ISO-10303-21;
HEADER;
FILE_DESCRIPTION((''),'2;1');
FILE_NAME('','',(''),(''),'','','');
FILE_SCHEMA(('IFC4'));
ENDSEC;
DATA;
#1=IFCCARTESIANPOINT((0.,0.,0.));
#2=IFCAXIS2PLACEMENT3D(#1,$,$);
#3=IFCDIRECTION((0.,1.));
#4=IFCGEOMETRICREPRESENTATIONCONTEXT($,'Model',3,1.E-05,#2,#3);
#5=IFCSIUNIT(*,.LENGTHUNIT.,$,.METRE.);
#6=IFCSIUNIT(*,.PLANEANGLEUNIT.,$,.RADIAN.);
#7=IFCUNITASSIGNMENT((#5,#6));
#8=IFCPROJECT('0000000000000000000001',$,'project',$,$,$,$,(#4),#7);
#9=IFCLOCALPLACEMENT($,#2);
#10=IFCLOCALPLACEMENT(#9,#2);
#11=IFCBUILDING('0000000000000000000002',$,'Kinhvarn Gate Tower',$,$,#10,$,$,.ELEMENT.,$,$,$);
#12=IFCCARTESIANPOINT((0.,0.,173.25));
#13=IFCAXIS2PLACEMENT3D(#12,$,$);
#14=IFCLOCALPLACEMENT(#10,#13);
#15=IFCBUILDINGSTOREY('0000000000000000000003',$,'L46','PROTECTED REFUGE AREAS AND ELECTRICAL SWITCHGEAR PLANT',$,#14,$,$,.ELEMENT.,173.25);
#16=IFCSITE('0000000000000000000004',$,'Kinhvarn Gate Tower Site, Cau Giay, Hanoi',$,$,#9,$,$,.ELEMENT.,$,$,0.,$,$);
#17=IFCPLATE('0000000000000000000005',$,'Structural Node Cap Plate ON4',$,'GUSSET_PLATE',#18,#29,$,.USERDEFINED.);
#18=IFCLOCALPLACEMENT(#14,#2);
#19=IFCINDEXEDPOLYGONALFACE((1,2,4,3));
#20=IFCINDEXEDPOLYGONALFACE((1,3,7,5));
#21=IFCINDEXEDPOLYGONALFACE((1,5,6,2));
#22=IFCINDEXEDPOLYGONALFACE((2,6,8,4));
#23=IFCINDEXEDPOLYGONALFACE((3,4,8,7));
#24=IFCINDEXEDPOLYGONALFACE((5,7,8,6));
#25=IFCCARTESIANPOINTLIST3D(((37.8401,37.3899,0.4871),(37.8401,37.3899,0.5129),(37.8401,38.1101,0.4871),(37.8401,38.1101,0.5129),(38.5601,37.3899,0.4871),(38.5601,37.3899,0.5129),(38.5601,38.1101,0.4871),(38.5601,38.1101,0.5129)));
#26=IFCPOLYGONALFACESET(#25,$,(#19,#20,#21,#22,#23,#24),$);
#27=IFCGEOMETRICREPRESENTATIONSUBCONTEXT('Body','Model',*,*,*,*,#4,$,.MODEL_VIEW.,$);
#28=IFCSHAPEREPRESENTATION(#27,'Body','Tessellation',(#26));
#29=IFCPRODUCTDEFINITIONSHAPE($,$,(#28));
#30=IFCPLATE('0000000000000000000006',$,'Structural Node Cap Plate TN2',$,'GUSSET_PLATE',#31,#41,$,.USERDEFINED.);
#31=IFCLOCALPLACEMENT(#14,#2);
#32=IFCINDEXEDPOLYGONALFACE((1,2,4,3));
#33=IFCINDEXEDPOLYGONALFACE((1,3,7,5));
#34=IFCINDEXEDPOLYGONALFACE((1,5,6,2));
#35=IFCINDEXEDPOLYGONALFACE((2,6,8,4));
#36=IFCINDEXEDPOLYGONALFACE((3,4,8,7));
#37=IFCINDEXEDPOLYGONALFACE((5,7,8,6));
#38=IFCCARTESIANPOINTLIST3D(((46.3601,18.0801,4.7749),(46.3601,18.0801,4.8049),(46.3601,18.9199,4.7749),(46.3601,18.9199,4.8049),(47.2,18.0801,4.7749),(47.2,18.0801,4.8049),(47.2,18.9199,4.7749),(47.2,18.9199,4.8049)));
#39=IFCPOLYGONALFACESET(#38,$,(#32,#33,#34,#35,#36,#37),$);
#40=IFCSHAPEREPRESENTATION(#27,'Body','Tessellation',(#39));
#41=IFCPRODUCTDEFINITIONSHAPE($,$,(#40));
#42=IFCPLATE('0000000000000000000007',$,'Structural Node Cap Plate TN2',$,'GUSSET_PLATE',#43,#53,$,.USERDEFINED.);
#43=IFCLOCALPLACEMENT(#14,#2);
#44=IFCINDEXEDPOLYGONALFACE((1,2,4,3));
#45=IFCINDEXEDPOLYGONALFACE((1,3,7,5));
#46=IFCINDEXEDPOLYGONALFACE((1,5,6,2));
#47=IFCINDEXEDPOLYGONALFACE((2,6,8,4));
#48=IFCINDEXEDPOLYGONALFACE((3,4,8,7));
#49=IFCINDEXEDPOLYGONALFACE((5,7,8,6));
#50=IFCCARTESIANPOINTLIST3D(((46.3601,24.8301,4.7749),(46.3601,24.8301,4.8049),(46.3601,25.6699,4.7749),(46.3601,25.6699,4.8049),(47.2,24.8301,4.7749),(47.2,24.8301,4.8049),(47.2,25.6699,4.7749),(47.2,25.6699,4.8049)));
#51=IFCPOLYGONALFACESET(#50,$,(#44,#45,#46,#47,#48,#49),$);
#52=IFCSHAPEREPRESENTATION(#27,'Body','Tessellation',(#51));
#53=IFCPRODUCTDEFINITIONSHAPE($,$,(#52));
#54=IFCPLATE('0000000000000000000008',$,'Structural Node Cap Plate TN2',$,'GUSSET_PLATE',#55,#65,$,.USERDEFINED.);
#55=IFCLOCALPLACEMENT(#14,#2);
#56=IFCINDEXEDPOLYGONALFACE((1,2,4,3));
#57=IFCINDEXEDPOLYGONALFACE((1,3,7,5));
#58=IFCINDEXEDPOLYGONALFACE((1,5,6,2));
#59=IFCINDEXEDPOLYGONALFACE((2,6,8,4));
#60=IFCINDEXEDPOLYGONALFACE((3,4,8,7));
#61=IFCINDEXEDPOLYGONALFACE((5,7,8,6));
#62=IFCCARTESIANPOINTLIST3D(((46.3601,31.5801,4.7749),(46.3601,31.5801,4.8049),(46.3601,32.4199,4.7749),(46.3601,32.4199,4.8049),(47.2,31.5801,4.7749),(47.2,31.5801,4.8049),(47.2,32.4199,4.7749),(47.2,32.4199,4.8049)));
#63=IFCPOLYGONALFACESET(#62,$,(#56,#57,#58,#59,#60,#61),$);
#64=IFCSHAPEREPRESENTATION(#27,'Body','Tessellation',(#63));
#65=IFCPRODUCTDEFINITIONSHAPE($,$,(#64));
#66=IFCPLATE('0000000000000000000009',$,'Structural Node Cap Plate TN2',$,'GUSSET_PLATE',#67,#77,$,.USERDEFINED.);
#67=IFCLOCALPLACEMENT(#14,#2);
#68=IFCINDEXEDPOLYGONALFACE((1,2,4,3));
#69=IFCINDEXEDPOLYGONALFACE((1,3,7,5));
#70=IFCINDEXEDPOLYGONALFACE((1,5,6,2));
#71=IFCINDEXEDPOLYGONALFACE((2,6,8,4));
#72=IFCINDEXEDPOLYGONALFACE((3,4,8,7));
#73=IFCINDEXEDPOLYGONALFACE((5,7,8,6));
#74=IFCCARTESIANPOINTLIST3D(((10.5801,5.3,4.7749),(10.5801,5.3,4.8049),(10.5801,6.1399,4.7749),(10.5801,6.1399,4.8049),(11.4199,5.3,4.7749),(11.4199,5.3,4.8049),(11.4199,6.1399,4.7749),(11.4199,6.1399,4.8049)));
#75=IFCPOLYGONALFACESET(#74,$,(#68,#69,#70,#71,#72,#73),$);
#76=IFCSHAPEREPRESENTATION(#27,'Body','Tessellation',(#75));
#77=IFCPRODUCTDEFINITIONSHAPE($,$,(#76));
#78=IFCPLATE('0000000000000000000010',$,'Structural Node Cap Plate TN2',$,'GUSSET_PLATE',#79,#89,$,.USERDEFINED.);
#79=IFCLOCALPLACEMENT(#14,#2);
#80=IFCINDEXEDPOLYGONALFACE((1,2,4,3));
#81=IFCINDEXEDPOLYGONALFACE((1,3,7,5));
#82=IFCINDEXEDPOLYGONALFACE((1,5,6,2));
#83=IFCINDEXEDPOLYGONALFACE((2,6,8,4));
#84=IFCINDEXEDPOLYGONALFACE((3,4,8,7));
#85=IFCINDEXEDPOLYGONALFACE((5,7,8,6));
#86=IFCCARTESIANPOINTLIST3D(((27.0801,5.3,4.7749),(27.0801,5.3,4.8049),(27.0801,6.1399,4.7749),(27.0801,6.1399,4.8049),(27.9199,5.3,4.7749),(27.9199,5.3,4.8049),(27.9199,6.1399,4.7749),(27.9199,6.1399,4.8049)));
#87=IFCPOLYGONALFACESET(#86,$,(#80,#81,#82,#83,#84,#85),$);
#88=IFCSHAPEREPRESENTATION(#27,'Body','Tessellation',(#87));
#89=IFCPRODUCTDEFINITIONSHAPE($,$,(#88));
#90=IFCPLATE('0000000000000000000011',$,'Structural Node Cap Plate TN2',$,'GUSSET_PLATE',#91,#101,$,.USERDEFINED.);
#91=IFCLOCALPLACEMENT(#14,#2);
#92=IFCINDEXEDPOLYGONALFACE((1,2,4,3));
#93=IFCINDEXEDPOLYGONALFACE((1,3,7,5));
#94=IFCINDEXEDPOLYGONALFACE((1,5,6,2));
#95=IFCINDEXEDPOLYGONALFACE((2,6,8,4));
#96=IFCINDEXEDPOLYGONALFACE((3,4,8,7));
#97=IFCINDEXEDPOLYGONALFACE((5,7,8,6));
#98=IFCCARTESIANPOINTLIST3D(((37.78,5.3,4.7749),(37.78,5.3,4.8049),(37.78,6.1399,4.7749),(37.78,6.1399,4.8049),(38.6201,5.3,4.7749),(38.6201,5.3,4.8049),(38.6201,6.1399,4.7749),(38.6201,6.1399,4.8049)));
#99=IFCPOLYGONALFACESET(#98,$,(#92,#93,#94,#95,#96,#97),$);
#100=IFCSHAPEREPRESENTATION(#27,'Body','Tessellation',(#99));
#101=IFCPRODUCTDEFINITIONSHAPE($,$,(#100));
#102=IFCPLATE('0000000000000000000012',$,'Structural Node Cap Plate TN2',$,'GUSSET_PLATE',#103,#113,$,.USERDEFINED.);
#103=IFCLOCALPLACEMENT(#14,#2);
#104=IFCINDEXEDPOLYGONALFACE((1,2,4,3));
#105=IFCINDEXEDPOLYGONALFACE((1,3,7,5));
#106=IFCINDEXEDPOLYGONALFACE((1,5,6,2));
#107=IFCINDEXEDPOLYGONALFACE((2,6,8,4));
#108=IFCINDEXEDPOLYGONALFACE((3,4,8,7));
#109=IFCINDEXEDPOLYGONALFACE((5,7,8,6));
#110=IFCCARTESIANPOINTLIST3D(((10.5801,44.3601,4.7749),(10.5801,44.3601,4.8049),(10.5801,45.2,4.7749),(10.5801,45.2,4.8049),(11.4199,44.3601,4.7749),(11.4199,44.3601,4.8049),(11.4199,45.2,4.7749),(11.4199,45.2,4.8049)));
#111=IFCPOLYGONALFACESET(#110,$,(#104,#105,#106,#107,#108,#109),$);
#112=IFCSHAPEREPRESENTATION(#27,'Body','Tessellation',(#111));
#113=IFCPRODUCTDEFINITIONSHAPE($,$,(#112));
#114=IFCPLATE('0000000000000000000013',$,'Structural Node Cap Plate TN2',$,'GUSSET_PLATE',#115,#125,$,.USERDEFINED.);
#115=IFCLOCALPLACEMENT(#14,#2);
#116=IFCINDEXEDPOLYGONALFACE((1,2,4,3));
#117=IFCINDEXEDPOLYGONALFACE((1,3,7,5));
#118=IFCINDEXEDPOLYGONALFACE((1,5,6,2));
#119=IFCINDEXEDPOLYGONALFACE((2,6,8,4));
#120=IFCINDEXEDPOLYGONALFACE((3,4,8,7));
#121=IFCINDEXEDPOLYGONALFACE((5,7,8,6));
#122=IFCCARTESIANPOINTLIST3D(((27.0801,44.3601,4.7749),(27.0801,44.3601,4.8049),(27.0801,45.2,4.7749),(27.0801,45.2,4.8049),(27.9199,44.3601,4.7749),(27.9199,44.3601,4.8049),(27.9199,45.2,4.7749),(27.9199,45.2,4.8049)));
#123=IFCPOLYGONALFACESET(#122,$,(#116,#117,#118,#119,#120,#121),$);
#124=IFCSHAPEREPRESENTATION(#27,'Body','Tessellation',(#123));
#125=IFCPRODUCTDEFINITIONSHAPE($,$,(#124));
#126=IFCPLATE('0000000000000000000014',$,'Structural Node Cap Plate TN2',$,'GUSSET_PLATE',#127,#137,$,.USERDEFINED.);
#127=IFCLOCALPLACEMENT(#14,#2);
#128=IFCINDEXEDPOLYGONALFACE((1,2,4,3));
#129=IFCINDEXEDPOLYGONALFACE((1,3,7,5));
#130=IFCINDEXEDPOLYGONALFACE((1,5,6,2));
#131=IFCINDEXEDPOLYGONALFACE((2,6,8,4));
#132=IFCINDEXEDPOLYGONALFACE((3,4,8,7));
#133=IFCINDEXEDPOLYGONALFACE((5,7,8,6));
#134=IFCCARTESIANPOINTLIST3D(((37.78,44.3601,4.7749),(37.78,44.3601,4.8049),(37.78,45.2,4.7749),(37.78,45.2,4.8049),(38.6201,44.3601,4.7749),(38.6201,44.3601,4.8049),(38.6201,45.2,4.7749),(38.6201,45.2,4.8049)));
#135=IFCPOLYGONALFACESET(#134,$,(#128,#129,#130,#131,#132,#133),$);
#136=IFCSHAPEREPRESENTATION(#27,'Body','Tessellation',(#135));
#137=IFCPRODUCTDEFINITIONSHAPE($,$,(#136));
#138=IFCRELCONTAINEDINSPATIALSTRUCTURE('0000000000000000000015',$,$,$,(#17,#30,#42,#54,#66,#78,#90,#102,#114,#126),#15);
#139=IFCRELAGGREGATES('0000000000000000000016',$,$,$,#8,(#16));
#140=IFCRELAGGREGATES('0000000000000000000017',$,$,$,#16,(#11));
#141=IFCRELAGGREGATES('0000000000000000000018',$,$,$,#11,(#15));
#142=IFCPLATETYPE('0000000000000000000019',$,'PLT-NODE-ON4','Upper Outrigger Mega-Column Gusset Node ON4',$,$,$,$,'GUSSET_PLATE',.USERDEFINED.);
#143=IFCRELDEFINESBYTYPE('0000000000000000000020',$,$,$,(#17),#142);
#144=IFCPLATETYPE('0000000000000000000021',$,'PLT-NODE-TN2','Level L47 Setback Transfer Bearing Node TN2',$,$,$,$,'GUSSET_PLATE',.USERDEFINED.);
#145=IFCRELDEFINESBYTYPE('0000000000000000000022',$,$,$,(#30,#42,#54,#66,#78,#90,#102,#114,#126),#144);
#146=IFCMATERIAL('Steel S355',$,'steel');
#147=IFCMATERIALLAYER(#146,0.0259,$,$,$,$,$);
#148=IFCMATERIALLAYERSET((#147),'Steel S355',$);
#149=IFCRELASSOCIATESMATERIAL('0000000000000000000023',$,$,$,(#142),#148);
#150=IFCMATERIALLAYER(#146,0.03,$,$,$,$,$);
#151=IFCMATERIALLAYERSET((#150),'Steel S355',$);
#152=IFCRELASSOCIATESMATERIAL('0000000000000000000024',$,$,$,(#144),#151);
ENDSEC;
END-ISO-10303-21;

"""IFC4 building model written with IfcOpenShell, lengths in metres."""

from ifc_helpers import new_model, si_unit, direction, frame, origin, place, context, subcontext, project, spatial, polyline, outline, extrude, material, layer, layer_set, type_object, element, save


model = new_model("IFC4")

# Units and contexts
model_context = context("Model", 3, precision=1e-05, world=origin(), true_north=direction((0.0, 1.0)))
body_context = subcontext(model_context, "Body", "Model", "MODEL_VIEW")
ifc_project = project(units=[si_unit("LENGTHUNIT", "METRE"), si_unit("PLANEANGLEUNIT", "RADIAN")], contexts=[model_context])

# Site, building, storey
site_placement = place(None, origin())
site = spatial("IfcSite", under=ifc_project, at=site_placement, Name="Kinhvarn Gate Tower Site, Cau Giay, Hanoi", CompositionType="ELEMENT", RefElevation=0.0)
building_placement = place(site_placement, origin())
building = spatial("IfcBuilding", under=site, at=building_placement, Name="Kinhvarn Gate Tower", CompositionType="ELEMENT")
storey_placement = place(building_placement, frame((0.0, 0.0, 173.25)))
storey = spatial("IfcBuildingStorey", under=building, at=storey_placement, Name="L46", Description="PROTECTED REFUGE AREAS AND ELECTRICAL SWITCHGEAR PLANT", CompositionType="ELEMENT", Elevation=173.25)

# Plates
ifc_material = material(Name="Steel S355", Category="steel")
ifc_layer_1 = layer(ifc_material, 0.0259)
ifc_layer_set_1 = layer_set([ifc_layer_1], Name="Steel S355")
plate_type_1 = type_object("IfcPlateType", Name="PLT-NODE-ON4", Description="Upper Outrigger Mega-Column Gusset Node ON4", ElementType="GUSSET_PLATE", PredefinedType="USERDEFINED", material=ifc_layer_set_1)
plate_1_placement = place(storey_placement, frame((0.0, 0.0, 0.4871)))
element("IfcPlate", 1, at=plate_1_placement, inside=storey, type_object=plate_type_1, Name="Structural Node Cap Plate ON4", ObjectType="GUSSET_PLATE", PredefinedType="USERDEFINED", context=body_context, shape_type="SweptSolid", body=[
    extrude(outline(polyline([(37.8401, 37.3899), (38.5601, 37.3899), (38.5601, 38.1101), (37.8401, 38.1101), (37.8401, 37.3899)])), origin(), (0.0, 0.0, 1.0), 0.0259),
])
ifc_layer_2 = layer(ifc_material, 0.03)
ifc_layer_set_2 = layer_set([ifc_layer_2], Name="Steel S355")
plate_type_2 = type_object("IfcPlateType", Name="PLT-NODE-TN2", Description="Level L47 Setback Transfer Bearing Node TN2", ElementType="GUSSET_PLATE", PredefinedType="USERDEFINED", material=ifc_layer_set_2)
plate_2_placement = place(storey_placement, frame((0.0, 0.0, 4.7749)))
element("IfcPlate", 2, at=plate_2_placement, inside=storey, type_object=plate_type_2, Name="Structural Node Cap Plate TN2", ObjectType="GUSSET_PLATE", PredefinedType="USERDEFINED", context=body_context, shape_type="SweptSolid", body=[
    extrude(outline(polyline([(46.3601, 18.0801), (47.2, 18.0801), (47.2, 18.9199), (46.3601, 18.9199), (46.3601, 18.0801)])), origin(), (0.0, 0.0, 1.0), 0.03),
])
plate_3_placement = place(storey_placement, frame((0.0, 0.0, 4.7749)))
element("IfcPlate", 3, at=plate_3_placement, inside=storey, type_object=plate_type_2, Name="Structural Node Cap Plate TN2", ObjectType="GUSSET_PLATE", PredefinedType="USERDEFINED", context=body_context, shape_type="SweptSolid", body=[
    extrude(outline(polyline([(46.3601, 24.8301), (47.2, 24.8301), (47.2, 25.6699), (46.3601, 25.6699), (46.3601, 24.8301)])), origin(), (0.0, 0.0, 1.0), 0.03),
])
plate_4_placement = place(storey_placement, frame((0.0, 0.0, 4.7749)))
element("IfcPlate", 4, at=plate_4_placement, inside=storey, type_object=plate_type_2, Name="Structural Node Cap Plate TN2", ObjectType="GUSSET_PLATE", PredefinedType="USERDEFINED", context=body_context, shape_type="SweptSolid", body=[
    extrude(outline(polyline([(46.3601, 31.5801), (47.2, 31.5801), (47.2, 32.4199), (46.3601, 32.4199), (46.3601, 31.5801)])), origin(), (0.0, 0.0, 1.0), 0.03),
])
plate_5_placement = place(storey_placement, frame((0.0, 0.0, 4.7749)))
element("IfcPlate", 5, at=plate_5_placement, inside=storey, type_object=plate_type_2, Name="Structural Node Cap Plate TN2", ObjectType="GUSSET_PLATE", PredefinedType="USERDEFINED", context=body_context, shape_type="SweptSolid", body=[
    extrude(outline(polyline([(10.5801, 5.3), (11.4199, 5.3), (11.4199, 6.1399), (10.5801, 6.1399), (10.5801, 5.3)])), origin(), (0.0, 0.0, 1.0), 0.03),
])
plate_6_placement = place(storey_placement, frame((0.0, 0.0, 4.7749)))
element("IfcPlate", 6, at=plate_6_placement, inside=storey, type_object=plate_type_2, Name="Structural Node Cap Plate TN2", ObjectType="GUSSET_PLATE", PredefinedType="USERDEFINED", context=body_context, shape_type="SweptSolid", body=[
    extrude(outline(polyline([(27.0801, 5.3), (27.9199, 5.3), (27.9199, 6.1399), (27.0801, 6.1399), (27.0801, 5.3)])), origin(), (0.0, 0.0, 1.0), 0.03),
])
plate_7_placement = place(storey_placement, frame((0.0, 0.0, 4.7749)))
element("IfcPlate", 7, at=plate_7_placement, inside=storey, type_object=plate_type_2, Name="Structural Node Cap Plate TN2", ObjectType="GUSSET_PLATE", PredefinedType="USERDEFINED", context=body_context, shape_type="SweptSolid", body=[
    extrude(outline(polyline([(37.78, 5.3), (38.6201, 5.3), (38.6201, 6.1399), (37.78, 6.1399), (37.78, 5.3)])), origin(), (0.0, 0.0, 1.0), 0.03),
])
plate_8_placement = place(storey_placement, frame((0.0, 0.0, 4.7749)))
element("IfcPlate", 8, at=plate_8_placement, inside=storey, type_object=plate_type_2, Name="Structural Node Cap Plate TN2", ObjectType="GUSSET_PLATE", PredefinedType="USERDEFINED", context=body_context, shape_type="SweptSolid", body=[
    extrude(outline(polyline([(10.5801, 44.3601), (11.4199, 44.3601), (11.4199, 45.2), (10.5801, 45.2), (10.5801, 44.3601)])), origin(), (0.0, 0.0, 1.0), 0.03),
])
plate_9_placement = place(storey_placement, frame((0.0, 0.0, 4.7749)))
element("IfcPlate", 9, at=plate_9_placement, inside=storey, type_object=plate_type_2, Name="Structural Node Cap Plate TN2", ObjectType="GUSSET_PLATE", PredefinedType="USERDEFINED", context=body_context, shape_type="SweptSolid", body=[
    extrude(outline(polyline([(27.0801, 44.3601), (27.9199, 44.3601), (27.9199, 45.2), (27.0801, 45.2), (27.0801, 44.3601)])), origin(), (0.0, 0.0, 1.0), 0.03),
])
plate_10_placement = place(storey_placement, frame((0.0, 0.0, 4.7749)))
element("IfcPlate", 10, at=plate_10_placement, inside=storey, type_object=plate_type_2, Name="Structural Node Cap Plate TN2", ObjectType="GUSSET_PLATE", PredefinedType="USERDEFINED", context=body_context, shape_type="SweptSolid", body=[
    extrude(outline(polyline([(37.78, 44.3601), (38.6201, 44.3601), (38.6201, 45.2), (37.78, 45.2), (37.78, 44.3601)])), origin(), (0.0, 0.0, 1.0), 0.03),
])

save(model, "model.ifc")
